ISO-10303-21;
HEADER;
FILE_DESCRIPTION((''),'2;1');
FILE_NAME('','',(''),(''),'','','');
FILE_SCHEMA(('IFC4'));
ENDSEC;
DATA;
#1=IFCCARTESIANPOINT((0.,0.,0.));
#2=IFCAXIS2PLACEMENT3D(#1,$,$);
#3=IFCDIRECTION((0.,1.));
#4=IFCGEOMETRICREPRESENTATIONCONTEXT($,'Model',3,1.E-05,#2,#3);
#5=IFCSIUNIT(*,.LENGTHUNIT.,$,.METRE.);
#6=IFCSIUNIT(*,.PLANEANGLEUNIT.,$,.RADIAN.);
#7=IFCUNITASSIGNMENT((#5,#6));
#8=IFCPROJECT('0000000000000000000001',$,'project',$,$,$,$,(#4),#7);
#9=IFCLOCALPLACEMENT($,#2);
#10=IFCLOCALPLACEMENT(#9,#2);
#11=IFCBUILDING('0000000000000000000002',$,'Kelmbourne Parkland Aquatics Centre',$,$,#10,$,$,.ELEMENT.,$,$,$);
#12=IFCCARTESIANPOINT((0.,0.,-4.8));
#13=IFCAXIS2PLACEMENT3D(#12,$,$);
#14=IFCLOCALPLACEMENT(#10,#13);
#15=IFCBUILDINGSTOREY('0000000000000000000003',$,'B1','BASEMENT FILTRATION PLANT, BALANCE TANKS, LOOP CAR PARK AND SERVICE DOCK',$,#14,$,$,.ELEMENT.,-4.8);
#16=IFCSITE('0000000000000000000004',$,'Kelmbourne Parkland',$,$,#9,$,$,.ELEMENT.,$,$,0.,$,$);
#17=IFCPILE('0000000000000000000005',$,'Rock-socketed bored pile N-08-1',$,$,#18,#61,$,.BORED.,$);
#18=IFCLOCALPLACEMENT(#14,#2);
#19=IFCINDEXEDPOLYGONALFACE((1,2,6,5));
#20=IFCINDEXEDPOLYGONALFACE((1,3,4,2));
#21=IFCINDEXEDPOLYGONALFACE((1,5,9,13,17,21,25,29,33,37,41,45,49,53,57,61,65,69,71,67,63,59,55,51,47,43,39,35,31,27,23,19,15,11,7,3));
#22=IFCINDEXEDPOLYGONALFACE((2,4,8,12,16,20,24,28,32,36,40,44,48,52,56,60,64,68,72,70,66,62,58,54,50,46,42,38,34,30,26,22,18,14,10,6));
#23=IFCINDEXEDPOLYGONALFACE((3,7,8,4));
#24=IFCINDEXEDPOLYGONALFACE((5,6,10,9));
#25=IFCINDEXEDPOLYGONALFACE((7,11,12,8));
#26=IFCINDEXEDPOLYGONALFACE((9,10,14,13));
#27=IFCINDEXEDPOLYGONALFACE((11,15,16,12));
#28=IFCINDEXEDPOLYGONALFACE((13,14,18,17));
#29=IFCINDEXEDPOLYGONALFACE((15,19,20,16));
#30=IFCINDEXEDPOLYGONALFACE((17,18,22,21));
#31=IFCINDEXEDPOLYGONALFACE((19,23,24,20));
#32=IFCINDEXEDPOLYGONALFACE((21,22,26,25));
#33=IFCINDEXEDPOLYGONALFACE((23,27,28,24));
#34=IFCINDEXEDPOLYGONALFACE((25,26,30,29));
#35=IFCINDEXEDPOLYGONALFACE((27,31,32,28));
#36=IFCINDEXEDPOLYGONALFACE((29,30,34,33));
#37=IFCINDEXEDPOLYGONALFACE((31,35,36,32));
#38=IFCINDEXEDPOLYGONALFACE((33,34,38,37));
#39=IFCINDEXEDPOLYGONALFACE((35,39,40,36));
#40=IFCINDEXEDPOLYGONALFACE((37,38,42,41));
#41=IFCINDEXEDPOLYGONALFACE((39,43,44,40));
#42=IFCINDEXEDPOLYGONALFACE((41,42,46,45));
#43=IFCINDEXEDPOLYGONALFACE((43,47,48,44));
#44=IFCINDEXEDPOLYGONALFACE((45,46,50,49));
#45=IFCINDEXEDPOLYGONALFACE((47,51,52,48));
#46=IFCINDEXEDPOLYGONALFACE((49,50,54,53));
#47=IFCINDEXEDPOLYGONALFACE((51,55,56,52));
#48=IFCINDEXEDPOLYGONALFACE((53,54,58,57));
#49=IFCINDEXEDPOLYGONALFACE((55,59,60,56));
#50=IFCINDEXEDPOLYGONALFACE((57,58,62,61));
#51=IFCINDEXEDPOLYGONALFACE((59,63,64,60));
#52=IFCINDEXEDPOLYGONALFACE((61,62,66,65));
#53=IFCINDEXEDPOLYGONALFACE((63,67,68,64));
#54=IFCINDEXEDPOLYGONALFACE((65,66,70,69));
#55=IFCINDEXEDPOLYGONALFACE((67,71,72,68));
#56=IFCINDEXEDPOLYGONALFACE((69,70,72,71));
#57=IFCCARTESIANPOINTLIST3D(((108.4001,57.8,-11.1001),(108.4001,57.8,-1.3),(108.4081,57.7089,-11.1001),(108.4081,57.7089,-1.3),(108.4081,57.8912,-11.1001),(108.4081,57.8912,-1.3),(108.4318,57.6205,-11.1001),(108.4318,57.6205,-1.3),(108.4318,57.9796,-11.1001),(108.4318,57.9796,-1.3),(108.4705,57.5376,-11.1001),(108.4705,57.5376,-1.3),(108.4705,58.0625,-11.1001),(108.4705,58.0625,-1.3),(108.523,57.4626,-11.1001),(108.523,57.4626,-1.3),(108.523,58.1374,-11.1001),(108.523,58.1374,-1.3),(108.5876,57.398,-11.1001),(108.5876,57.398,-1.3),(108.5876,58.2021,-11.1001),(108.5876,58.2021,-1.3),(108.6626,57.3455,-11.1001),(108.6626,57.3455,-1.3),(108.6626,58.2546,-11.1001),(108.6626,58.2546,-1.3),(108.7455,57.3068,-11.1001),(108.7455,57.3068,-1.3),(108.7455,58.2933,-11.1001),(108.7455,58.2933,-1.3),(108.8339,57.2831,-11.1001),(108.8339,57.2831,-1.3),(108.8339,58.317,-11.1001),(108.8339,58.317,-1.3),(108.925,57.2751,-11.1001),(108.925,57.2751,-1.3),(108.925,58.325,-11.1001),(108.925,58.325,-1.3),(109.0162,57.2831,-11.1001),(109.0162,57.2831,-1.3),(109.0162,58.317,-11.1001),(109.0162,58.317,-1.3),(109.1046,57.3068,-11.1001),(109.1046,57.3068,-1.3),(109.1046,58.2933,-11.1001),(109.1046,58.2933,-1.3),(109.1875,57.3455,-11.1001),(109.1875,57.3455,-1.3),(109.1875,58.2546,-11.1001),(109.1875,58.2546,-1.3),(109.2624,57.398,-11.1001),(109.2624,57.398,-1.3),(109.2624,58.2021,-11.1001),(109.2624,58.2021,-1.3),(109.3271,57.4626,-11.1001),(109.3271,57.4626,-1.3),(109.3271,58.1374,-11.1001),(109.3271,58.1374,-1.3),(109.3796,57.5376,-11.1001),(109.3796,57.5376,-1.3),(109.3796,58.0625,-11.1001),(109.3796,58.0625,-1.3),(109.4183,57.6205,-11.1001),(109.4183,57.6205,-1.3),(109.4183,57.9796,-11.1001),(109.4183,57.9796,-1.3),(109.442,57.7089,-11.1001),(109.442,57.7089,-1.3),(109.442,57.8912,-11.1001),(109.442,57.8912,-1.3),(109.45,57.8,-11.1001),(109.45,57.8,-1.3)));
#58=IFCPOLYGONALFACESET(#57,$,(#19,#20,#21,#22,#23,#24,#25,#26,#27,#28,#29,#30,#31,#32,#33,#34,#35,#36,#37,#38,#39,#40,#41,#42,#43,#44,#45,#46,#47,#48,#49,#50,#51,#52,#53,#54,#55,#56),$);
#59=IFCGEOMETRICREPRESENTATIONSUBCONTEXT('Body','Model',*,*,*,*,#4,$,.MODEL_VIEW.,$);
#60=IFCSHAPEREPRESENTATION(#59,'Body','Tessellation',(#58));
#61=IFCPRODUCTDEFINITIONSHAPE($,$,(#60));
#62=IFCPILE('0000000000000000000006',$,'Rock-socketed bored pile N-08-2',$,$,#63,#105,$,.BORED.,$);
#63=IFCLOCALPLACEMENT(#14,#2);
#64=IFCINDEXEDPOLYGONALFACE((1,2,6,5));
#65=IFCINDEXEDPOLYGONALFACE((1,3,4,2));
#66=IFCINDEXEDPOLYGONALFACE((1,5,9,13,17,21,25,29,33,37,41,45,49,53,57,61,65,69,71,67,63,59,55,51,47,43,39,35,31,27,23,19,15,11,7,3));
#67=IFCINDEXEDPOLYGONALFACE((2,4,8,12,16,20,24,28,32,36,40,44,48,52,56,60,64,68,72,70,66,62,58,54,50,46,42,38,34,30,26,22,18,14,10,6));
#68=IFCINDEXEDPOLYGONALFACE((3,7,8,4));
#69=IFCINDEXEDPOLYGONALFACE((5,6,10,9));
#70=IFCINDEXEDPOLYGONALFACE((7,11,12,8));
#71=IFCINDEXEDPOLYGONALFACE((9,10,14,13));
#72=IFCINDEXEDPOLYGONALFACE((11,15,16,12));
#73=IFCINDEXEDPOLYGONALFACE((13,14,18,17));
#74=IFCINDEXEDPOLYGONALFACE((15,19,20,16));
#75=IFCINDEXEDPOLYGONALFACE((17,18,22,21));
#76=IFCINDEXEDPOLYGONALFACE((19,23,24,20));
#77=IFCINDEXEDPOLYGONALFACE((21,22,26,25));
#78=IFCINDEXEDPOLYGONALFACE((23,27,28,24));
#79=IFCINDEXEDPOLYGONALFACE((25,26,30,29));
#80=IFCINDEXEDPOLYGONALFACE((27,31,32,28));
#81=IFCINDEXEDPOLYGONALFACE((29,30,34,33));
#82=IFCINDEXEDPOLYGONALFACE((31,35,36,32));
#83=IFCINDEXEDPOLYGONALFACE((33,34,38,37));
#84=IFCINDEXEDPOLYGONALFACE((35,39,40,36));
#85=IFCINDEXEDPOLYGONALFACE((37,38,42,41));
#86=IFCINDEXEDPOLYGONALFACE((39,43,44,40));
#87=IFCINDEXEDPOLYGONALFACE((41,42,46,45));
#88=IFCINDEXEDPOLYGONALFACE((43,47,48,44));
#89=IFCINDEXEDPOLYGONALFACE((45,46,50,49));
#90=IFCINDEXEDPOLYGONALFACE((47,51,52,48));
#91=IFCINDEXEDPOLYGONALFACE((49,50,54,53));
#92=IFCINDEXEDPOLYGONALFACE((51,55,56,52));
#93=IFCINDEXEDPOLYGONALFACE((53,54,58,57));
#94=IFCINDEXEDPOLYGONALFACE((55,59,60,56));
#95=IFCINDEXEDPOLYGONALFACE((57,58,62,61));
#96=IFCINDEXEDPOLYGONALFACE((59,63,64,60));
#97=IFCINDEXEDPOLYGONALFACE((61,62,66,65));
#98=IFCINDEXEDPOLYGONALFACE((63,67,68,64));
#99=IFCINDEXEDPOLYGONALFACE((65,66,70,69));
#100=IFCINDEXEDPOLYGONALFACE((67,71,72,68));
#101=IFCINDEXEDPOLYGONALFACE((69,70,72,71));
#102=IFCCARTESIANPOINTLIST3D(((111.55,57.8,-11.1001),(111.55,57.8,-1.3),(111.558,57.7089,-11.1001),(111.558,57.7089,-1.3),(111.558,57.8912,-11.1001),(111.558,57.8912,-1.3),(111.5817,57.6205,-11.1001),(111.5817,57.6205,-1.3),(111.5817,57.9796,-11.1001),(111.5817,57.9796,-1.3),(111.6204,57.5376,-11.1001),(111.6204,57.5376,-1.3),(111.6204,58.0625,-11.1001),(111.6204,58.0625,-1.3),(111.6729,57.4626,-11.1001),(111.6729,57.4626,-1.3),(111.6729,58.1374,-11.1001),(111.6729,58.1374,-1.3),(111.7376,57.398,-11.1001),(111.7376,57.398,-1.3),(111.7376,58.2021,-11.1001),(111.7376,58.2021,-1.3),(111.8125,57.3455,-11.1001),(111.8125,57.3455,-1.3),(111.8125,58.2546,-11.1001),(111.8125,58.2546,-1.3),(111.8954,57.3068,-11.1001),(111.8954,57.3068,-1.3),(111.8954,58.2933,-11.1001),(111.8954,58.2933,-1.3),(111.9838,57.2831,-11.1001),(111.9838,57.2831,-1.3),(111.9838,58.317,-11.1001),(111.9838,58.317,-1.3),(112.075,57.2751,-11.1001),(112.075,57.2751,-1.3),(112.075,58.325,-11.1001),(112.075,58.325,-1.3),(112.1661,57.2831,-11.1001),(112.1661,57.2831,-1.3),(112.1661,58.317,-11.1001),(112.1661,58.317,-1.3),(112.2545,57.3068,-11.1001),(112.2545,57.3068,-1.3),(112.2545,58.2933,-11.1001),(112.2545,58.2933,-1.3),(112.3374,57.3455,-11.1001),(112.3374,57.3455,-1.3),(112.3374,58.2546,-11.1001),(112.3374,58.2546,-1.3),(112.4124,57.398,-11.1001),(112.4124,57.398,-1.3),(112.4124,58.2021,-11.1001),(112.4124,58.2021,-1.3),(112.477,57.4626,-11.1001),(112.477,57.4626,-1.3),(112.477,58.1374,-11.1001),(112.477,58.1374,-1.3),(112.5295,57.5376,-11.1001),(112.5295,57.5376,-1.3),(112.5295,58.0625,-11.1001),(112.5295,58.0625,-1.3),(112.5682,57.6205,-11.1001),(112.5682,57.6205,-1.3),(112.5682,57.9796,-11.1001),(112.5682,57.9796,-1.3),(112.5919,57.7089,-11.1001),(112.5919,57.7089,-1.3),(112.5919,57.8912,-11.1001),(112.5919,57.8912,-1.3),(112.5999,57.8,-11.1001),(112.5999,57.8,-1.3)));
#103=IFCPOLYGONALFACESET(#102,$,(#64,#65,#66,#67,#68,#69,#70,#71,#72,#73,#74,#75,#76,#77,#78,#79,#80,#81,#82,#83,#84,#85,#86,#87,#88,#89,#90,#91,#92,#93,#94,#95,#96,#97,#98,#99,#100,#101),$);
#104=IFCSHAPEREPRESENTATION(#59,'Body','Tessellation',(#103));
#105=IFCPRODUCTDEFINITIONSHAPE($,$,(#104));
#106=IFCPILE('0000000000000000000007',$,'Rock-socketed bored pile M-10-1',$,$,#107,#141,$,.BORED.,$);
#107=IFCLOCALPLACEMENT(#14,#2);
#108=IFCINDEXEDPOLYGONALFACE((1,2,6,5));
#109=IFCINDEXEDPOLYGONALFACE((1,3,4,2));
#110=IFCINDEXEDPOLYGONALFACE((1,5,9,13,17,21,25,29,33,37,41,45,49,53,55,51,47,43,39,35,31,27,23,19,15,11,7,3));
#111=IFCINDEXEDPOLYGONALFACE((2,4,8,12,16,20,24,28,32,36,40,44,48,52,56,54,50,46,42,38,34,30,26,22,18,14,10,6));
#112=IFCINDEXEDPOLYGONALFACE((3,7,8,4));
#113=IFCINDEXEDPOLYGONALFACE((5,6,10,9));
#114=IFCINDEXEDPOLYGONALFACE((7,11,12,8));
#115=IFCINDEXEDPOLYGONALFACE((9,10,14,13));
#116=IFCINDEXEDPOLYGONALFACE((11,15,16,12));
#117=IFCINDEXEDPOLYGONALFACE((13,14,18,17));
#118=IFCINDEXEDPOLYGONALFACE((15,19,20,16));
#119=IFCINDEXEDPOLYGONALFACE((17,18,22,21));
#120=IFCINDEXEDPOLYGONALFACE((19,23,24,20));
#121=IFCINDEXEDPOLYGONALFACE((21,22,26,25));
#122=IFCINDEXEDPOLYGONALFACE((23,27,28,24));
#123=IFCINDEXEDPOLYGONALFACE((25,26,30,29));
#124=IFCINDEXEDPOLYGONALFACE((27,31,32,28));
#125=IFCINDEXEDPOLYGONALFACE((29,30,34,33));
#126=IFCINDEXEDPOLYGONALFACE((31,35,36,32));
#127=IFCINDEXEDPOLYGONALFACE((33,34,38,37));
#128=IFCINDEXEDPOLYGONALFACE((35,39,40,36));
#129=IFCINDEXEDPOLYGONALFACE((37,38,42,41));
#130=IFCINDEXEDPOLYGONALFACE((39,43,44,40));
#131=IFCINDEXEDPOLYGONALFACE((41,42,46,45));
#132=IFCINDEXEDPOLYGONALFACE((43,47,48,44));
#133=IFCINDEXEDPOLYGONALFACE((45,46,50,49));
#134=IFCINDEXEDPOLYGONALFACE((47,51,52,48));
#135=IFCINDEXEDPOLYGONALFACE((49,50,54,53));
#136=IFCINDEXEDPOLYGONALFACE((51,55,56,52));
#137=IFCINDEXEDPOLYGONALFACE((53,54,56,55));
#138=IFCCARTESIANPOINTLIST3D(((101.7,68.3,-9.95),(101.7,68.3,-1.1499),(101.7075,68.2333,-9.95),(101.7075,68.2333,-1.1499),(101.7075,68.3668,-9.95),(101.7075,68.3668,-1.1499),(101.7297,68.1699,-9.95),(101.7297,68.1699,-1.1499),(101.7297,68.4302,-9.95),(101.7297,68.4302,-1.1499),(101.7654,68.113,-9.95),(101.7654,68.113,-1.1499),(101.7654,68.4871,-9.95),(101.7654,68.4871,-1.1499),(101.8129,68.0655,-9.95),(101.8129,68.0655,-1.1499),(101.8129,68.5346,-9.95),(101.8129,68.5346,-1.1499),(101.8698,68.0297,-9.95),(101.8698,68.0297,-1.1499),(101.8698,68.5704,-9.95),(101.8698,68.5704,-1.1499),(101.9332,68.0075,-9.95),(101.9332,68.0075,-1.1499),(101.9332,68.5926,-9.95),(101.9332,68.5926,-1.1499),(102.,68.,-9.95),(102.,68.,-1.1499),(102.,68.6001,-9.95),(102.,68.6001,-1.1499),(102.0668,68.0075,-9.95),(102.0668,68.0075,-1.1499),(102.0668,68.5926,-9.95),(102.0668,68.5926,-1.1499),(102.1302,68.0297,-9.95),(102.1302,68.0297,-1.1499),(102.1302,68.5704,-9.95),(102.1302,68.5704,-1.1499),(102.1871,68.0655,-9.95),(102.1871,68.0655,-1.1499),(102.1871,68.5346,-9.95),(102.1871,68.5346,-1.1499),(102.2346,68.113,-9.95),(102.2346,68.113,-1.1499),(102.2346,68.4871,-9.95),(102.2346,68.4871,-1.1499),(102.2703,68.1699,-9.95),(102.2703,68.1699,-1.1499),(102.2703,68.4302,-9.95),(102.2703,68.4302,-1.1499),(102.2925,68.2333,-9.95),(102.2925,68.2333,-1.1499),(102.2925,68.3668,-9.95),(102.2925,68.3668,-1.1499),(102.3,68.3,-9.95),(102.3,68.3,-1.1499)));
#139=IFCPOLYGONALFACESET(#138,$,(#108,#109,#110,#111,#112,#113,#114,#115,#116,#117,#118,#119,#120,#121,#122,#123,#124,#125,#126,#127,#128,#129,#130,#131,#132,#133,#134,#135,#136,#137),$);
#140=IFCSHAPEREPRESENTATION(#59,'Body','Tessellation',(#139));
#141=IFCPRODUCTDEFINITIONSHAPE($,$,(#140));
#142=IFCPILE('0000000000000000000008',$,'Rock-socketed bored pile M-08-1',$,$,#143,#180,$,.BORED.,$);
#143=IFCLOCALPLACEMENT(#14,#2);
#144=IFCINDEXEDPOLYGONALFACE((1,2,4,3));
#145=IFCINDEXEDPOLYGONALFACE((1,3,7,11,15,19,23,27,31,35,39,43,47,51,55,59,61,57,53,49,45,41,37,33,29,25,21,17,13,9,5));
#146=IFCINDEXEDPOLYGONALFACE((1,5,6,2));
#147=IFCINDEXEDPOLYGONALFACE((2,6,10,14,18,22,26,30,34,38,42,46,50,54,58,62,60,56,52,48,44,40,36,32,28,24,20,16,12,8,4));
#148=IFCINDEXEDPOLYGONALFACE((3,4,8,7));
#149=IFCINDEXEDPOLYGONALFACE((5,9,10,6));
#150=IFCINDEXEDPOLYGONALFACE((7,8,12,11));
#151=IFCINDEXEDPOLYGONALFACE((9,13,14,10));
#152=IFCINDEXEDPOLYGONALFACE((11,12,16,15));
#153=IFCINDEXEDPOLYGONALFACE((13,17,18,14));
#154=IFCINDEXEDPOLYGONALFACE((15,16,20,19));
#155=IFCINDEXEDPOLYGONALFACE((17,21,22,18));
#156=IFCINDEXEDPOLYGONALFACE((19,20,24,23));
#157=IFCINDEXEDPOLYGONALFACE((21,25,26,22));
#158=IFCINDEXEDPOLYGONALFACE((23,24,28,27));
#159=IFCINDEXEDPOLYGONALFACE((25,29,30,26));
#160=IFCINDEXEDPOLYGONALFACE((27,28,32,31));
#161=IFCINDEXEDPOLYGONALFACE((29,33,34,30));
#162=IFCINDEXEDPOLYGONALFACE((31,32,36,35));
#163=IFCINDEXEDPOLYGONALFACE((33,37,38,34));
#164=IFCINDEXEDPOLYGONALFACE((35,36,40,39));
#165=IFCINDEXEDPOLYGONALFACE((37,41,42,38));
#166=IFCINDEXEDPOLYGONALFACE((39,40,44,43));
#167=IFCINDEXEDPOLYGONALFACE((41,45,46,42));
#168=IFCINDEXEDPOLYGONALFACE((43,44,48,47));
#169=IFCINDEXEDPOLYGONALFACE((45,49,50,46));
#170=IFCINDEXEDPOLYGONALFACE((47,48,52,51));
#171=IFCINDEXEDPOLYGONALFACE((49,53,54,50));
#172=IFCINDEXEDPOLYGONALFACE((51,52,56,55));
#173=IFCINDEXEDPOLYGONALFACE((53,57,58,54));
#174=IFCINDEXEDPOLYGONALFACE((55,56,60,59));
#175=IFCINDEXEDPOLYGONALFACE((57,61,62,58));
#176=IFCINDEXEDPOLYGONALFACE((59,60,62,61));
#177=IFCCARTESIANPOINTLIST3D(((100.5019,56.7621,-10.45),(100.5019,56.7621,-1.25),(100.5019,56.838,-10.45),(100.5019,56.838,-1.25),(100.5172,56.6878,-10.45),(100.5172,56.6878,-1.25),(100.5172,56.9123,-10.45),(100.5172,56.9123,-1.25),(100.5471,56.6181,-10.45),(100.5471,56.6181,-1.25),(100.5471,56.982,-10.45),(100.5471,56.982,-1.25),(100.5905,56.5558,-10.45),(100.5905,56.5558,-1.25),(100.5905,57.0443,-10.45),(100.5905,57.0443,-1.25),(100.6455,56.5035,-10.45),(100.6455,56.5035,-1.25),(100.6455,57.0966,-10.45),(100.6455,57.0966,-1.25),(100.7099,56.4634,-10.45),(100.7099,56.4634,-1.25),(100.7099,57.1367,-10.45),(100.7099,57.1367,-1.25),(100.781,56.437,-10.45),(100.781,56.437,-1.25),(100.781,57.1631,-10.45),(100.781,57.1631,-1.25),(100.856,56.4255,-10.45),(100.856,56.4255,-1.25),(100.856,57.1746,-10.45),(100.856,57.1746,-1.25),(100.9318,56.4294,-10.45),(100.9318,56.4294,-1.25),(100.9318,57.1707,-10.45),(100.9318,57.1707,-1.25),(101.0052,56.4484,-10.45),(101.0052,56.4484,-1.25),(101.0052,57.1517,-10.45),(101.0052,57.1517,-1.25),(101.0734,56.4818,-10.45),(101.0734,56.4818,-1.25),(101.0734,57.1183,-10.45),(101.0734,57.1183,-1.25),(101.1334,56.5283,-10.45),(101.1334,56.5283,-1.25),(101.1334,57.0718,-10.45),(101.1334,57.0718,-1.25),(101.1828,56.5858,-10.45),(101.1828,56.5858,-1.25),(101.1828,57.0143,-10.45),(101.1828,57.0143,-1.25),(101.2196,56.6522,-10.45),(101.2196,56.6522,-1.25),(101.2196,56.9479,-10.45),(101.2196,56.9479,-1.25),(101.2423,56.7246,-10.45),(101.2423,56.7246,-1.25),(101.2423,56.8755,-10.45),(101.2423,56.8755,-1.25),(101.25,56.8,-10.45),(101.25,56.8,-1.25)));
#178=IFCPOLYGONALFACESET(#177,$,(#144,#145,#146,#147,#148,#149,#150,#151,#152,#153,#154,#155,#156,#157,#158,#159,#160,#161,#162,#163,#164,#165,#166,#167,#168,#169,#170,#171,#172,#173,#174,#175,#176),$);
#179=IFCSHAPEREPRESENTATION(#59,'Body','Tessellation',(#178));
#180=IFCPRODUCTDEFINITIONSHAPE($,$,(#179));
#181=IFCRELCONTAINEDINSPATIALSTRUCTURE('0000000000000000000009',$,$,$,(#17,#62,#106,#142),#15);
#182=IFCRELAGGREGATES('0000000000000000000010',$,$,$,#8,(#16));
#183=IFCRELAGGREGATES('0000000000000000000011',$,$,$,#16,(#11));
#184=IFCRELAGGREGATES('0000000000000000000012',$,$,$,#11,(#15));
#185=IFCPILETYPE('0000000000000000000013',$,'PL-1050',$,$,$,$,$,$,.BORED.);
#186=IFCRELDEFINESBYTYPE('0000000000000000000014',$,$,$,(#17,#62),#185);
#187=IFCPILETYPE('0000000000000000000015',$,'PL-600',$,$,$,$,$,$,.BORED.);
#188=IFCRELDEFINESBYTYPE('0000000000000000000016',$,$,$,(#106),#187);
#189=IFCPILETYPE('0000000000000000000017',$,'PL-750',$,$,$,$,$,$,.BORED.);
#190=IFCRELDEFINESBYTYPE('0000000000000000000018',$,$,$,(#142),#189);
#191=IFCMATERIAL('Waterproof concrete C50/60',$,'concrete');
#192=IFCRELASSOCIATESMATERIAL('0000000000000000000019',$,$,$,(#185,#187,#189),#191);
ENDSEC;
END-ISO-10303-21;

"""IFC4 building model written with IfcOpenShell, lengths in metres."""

from ifc_helpers import new_model, si_unit, direction, frame, origin, origin_2d, place, context, subcontext, project, spatial, circle, extrude, material, material_profile, profile_set, type_object, element, save


model = new_model("IFC4")

# Units and contexts
model_context = context("Model", 3, precision=1e-05, world=origin(), true_north=direction((0.0, 1.0)))
body_context = subcontext(model_context, "Body", "Model", "MODEL_VIEW")
ifc_project = project(units=[si_unit("LENGTHUNIT", "METRE"), si_unit("PLANEANGLEUNIT", "RADIAN")], contexts=[model_context])

# Site, building, storey
site_placement = place(None, origin())
site = spatial("IfcSite", under=ifc_project, at=site_placement, Name="Kelmbourne Parkland", CompositionType="ELEMENT", RefElevation=0.0)
building_placement = place(site_placement, origin())
building = spatial("IfcBuilding", under=site, at=building_placement, Name="Kelmbourne Parkland Aquatics Centre", CompositionType="ELEMENT")
storey_placement = place(building_placement, frame((0.0, 0.0, -4.8)))
storey = spatial("IfcBuildingStorey", under=building, at=storey_placement, Name="B1", Description="BASEMENT FILTRATION PLANT, BALANCE TANKS, LOOP CAR PARK AND SERVICE DOCK", CompositionType="ELEMENT", Elevation=-4.8)

# Shared definitions
ifc_material_1 = material(Name="Waterproof concrete C50/60", Category="concrete")

# Piles
ifc_material_profile_1 = material_profile(ifc_material_1, circle(Radius=0.5249, at=origin_2d()), Name="PILE D1050")
ifc_profile_set_1 = profile_set([ifc_material_profile_1], Name="Waterproof concrete C50/60")
pile_type_1 = type_object("IfcPileType", Name="PL-1050", PredefinedType="BORED", material=ifc_profile_set_1)
for number, where, z_axis, x_axis, name in (
    (1, (108.925, 57.8, -1.3), (0.0, 0.0, -1.0), (1.0, 0.0, 0.0), "Rock-socketed bored pile N-08-1"),
    (2, (112.075, 57.8, -1.3), (0.0, 0.0, -1.0), (1.0, 0.0, 0.0), "Rock-socketed bored pile N-08-2"),
):
    element("IfcPile", number, at=place(storey_placement, frame(where, z_axis=z_axis, x_axis=x_axis)), inside=storey, type_object=pile_type_1, Name=name, PredefinedType="BORED", context=body_context, shape_type="SweptSolid", body=[
        extrude(circle(Radius=0.5249, at=origin_2d()), origin(), (0.0, 0.0, 1.0), 9.8),
    ])
ifc_material_profile_2 = material_profile(ifc_material_1, circle(Radius=0.3, at=origin_2d()), Name="PILE D600")
ifc_profile_set_2 = profile_set([ifc_material_profile_2], Name="Waterproof concrete C50/60")
pile_type_2 = type_object("IfcPileType", Name="PL-600", PredefinedType="BORED", material=ifc_profile_set_2)
pile_placement = place(storey_placement, frame((102.0, 68.3, -1.1499), z_axis=(0.0, 0.0, -1.0), x_axis=(1.0, 0.0, 0.0)))
element("IfcPile", 3, at=pile_placement, inside=storey, type_object=pile_type_2, Name="Rock-socketed bored pile M-10-1", PredefinedType="BORED", context=body_context, shape_type="SweptSolid", body=[
    extrude(circle(Radius=0.3, at=origin_2d()), origin(), (0.0, 0.0, 1.0), 8.8),
])
ifc_material_profile_3 = material_profile(ifc_material_1, circle(Radius=0.375, at=origin_2d()), Name="PILE D750")
ifc_profile_set_3 = profile_set([ifc_material_profile_3], Name="Waterproof concrete C50/60")
pile_type_3 = type_object("IfcPileType", Name="PL-750", PredefinedType="BORED", material=ifc_profile_set_3)
for number, where, z_axis, x_axis, name in (
    (4, (100.875, 56.8, -1.25), (0.0, 0.0, -1.0), (1.0, 0.0, 0.0), "Rock-socketed bored pile M-08-1"),
):
    element("IfcPile", number, at=place(storey_placement, frame(where, z_axis=z_axis, x_axis=x_axis)), inside=storey, type_object=pile_type_3, Name=name, PredefinedType="BORED", context=body_context, shape_type="SweptSolid", body=[
        extrude(circle(Radius=0.375, at=origin_2d()), origin(), (0.0, 0.0, 1.0), 9.2),
    ])

save(model, "model.ifc")
